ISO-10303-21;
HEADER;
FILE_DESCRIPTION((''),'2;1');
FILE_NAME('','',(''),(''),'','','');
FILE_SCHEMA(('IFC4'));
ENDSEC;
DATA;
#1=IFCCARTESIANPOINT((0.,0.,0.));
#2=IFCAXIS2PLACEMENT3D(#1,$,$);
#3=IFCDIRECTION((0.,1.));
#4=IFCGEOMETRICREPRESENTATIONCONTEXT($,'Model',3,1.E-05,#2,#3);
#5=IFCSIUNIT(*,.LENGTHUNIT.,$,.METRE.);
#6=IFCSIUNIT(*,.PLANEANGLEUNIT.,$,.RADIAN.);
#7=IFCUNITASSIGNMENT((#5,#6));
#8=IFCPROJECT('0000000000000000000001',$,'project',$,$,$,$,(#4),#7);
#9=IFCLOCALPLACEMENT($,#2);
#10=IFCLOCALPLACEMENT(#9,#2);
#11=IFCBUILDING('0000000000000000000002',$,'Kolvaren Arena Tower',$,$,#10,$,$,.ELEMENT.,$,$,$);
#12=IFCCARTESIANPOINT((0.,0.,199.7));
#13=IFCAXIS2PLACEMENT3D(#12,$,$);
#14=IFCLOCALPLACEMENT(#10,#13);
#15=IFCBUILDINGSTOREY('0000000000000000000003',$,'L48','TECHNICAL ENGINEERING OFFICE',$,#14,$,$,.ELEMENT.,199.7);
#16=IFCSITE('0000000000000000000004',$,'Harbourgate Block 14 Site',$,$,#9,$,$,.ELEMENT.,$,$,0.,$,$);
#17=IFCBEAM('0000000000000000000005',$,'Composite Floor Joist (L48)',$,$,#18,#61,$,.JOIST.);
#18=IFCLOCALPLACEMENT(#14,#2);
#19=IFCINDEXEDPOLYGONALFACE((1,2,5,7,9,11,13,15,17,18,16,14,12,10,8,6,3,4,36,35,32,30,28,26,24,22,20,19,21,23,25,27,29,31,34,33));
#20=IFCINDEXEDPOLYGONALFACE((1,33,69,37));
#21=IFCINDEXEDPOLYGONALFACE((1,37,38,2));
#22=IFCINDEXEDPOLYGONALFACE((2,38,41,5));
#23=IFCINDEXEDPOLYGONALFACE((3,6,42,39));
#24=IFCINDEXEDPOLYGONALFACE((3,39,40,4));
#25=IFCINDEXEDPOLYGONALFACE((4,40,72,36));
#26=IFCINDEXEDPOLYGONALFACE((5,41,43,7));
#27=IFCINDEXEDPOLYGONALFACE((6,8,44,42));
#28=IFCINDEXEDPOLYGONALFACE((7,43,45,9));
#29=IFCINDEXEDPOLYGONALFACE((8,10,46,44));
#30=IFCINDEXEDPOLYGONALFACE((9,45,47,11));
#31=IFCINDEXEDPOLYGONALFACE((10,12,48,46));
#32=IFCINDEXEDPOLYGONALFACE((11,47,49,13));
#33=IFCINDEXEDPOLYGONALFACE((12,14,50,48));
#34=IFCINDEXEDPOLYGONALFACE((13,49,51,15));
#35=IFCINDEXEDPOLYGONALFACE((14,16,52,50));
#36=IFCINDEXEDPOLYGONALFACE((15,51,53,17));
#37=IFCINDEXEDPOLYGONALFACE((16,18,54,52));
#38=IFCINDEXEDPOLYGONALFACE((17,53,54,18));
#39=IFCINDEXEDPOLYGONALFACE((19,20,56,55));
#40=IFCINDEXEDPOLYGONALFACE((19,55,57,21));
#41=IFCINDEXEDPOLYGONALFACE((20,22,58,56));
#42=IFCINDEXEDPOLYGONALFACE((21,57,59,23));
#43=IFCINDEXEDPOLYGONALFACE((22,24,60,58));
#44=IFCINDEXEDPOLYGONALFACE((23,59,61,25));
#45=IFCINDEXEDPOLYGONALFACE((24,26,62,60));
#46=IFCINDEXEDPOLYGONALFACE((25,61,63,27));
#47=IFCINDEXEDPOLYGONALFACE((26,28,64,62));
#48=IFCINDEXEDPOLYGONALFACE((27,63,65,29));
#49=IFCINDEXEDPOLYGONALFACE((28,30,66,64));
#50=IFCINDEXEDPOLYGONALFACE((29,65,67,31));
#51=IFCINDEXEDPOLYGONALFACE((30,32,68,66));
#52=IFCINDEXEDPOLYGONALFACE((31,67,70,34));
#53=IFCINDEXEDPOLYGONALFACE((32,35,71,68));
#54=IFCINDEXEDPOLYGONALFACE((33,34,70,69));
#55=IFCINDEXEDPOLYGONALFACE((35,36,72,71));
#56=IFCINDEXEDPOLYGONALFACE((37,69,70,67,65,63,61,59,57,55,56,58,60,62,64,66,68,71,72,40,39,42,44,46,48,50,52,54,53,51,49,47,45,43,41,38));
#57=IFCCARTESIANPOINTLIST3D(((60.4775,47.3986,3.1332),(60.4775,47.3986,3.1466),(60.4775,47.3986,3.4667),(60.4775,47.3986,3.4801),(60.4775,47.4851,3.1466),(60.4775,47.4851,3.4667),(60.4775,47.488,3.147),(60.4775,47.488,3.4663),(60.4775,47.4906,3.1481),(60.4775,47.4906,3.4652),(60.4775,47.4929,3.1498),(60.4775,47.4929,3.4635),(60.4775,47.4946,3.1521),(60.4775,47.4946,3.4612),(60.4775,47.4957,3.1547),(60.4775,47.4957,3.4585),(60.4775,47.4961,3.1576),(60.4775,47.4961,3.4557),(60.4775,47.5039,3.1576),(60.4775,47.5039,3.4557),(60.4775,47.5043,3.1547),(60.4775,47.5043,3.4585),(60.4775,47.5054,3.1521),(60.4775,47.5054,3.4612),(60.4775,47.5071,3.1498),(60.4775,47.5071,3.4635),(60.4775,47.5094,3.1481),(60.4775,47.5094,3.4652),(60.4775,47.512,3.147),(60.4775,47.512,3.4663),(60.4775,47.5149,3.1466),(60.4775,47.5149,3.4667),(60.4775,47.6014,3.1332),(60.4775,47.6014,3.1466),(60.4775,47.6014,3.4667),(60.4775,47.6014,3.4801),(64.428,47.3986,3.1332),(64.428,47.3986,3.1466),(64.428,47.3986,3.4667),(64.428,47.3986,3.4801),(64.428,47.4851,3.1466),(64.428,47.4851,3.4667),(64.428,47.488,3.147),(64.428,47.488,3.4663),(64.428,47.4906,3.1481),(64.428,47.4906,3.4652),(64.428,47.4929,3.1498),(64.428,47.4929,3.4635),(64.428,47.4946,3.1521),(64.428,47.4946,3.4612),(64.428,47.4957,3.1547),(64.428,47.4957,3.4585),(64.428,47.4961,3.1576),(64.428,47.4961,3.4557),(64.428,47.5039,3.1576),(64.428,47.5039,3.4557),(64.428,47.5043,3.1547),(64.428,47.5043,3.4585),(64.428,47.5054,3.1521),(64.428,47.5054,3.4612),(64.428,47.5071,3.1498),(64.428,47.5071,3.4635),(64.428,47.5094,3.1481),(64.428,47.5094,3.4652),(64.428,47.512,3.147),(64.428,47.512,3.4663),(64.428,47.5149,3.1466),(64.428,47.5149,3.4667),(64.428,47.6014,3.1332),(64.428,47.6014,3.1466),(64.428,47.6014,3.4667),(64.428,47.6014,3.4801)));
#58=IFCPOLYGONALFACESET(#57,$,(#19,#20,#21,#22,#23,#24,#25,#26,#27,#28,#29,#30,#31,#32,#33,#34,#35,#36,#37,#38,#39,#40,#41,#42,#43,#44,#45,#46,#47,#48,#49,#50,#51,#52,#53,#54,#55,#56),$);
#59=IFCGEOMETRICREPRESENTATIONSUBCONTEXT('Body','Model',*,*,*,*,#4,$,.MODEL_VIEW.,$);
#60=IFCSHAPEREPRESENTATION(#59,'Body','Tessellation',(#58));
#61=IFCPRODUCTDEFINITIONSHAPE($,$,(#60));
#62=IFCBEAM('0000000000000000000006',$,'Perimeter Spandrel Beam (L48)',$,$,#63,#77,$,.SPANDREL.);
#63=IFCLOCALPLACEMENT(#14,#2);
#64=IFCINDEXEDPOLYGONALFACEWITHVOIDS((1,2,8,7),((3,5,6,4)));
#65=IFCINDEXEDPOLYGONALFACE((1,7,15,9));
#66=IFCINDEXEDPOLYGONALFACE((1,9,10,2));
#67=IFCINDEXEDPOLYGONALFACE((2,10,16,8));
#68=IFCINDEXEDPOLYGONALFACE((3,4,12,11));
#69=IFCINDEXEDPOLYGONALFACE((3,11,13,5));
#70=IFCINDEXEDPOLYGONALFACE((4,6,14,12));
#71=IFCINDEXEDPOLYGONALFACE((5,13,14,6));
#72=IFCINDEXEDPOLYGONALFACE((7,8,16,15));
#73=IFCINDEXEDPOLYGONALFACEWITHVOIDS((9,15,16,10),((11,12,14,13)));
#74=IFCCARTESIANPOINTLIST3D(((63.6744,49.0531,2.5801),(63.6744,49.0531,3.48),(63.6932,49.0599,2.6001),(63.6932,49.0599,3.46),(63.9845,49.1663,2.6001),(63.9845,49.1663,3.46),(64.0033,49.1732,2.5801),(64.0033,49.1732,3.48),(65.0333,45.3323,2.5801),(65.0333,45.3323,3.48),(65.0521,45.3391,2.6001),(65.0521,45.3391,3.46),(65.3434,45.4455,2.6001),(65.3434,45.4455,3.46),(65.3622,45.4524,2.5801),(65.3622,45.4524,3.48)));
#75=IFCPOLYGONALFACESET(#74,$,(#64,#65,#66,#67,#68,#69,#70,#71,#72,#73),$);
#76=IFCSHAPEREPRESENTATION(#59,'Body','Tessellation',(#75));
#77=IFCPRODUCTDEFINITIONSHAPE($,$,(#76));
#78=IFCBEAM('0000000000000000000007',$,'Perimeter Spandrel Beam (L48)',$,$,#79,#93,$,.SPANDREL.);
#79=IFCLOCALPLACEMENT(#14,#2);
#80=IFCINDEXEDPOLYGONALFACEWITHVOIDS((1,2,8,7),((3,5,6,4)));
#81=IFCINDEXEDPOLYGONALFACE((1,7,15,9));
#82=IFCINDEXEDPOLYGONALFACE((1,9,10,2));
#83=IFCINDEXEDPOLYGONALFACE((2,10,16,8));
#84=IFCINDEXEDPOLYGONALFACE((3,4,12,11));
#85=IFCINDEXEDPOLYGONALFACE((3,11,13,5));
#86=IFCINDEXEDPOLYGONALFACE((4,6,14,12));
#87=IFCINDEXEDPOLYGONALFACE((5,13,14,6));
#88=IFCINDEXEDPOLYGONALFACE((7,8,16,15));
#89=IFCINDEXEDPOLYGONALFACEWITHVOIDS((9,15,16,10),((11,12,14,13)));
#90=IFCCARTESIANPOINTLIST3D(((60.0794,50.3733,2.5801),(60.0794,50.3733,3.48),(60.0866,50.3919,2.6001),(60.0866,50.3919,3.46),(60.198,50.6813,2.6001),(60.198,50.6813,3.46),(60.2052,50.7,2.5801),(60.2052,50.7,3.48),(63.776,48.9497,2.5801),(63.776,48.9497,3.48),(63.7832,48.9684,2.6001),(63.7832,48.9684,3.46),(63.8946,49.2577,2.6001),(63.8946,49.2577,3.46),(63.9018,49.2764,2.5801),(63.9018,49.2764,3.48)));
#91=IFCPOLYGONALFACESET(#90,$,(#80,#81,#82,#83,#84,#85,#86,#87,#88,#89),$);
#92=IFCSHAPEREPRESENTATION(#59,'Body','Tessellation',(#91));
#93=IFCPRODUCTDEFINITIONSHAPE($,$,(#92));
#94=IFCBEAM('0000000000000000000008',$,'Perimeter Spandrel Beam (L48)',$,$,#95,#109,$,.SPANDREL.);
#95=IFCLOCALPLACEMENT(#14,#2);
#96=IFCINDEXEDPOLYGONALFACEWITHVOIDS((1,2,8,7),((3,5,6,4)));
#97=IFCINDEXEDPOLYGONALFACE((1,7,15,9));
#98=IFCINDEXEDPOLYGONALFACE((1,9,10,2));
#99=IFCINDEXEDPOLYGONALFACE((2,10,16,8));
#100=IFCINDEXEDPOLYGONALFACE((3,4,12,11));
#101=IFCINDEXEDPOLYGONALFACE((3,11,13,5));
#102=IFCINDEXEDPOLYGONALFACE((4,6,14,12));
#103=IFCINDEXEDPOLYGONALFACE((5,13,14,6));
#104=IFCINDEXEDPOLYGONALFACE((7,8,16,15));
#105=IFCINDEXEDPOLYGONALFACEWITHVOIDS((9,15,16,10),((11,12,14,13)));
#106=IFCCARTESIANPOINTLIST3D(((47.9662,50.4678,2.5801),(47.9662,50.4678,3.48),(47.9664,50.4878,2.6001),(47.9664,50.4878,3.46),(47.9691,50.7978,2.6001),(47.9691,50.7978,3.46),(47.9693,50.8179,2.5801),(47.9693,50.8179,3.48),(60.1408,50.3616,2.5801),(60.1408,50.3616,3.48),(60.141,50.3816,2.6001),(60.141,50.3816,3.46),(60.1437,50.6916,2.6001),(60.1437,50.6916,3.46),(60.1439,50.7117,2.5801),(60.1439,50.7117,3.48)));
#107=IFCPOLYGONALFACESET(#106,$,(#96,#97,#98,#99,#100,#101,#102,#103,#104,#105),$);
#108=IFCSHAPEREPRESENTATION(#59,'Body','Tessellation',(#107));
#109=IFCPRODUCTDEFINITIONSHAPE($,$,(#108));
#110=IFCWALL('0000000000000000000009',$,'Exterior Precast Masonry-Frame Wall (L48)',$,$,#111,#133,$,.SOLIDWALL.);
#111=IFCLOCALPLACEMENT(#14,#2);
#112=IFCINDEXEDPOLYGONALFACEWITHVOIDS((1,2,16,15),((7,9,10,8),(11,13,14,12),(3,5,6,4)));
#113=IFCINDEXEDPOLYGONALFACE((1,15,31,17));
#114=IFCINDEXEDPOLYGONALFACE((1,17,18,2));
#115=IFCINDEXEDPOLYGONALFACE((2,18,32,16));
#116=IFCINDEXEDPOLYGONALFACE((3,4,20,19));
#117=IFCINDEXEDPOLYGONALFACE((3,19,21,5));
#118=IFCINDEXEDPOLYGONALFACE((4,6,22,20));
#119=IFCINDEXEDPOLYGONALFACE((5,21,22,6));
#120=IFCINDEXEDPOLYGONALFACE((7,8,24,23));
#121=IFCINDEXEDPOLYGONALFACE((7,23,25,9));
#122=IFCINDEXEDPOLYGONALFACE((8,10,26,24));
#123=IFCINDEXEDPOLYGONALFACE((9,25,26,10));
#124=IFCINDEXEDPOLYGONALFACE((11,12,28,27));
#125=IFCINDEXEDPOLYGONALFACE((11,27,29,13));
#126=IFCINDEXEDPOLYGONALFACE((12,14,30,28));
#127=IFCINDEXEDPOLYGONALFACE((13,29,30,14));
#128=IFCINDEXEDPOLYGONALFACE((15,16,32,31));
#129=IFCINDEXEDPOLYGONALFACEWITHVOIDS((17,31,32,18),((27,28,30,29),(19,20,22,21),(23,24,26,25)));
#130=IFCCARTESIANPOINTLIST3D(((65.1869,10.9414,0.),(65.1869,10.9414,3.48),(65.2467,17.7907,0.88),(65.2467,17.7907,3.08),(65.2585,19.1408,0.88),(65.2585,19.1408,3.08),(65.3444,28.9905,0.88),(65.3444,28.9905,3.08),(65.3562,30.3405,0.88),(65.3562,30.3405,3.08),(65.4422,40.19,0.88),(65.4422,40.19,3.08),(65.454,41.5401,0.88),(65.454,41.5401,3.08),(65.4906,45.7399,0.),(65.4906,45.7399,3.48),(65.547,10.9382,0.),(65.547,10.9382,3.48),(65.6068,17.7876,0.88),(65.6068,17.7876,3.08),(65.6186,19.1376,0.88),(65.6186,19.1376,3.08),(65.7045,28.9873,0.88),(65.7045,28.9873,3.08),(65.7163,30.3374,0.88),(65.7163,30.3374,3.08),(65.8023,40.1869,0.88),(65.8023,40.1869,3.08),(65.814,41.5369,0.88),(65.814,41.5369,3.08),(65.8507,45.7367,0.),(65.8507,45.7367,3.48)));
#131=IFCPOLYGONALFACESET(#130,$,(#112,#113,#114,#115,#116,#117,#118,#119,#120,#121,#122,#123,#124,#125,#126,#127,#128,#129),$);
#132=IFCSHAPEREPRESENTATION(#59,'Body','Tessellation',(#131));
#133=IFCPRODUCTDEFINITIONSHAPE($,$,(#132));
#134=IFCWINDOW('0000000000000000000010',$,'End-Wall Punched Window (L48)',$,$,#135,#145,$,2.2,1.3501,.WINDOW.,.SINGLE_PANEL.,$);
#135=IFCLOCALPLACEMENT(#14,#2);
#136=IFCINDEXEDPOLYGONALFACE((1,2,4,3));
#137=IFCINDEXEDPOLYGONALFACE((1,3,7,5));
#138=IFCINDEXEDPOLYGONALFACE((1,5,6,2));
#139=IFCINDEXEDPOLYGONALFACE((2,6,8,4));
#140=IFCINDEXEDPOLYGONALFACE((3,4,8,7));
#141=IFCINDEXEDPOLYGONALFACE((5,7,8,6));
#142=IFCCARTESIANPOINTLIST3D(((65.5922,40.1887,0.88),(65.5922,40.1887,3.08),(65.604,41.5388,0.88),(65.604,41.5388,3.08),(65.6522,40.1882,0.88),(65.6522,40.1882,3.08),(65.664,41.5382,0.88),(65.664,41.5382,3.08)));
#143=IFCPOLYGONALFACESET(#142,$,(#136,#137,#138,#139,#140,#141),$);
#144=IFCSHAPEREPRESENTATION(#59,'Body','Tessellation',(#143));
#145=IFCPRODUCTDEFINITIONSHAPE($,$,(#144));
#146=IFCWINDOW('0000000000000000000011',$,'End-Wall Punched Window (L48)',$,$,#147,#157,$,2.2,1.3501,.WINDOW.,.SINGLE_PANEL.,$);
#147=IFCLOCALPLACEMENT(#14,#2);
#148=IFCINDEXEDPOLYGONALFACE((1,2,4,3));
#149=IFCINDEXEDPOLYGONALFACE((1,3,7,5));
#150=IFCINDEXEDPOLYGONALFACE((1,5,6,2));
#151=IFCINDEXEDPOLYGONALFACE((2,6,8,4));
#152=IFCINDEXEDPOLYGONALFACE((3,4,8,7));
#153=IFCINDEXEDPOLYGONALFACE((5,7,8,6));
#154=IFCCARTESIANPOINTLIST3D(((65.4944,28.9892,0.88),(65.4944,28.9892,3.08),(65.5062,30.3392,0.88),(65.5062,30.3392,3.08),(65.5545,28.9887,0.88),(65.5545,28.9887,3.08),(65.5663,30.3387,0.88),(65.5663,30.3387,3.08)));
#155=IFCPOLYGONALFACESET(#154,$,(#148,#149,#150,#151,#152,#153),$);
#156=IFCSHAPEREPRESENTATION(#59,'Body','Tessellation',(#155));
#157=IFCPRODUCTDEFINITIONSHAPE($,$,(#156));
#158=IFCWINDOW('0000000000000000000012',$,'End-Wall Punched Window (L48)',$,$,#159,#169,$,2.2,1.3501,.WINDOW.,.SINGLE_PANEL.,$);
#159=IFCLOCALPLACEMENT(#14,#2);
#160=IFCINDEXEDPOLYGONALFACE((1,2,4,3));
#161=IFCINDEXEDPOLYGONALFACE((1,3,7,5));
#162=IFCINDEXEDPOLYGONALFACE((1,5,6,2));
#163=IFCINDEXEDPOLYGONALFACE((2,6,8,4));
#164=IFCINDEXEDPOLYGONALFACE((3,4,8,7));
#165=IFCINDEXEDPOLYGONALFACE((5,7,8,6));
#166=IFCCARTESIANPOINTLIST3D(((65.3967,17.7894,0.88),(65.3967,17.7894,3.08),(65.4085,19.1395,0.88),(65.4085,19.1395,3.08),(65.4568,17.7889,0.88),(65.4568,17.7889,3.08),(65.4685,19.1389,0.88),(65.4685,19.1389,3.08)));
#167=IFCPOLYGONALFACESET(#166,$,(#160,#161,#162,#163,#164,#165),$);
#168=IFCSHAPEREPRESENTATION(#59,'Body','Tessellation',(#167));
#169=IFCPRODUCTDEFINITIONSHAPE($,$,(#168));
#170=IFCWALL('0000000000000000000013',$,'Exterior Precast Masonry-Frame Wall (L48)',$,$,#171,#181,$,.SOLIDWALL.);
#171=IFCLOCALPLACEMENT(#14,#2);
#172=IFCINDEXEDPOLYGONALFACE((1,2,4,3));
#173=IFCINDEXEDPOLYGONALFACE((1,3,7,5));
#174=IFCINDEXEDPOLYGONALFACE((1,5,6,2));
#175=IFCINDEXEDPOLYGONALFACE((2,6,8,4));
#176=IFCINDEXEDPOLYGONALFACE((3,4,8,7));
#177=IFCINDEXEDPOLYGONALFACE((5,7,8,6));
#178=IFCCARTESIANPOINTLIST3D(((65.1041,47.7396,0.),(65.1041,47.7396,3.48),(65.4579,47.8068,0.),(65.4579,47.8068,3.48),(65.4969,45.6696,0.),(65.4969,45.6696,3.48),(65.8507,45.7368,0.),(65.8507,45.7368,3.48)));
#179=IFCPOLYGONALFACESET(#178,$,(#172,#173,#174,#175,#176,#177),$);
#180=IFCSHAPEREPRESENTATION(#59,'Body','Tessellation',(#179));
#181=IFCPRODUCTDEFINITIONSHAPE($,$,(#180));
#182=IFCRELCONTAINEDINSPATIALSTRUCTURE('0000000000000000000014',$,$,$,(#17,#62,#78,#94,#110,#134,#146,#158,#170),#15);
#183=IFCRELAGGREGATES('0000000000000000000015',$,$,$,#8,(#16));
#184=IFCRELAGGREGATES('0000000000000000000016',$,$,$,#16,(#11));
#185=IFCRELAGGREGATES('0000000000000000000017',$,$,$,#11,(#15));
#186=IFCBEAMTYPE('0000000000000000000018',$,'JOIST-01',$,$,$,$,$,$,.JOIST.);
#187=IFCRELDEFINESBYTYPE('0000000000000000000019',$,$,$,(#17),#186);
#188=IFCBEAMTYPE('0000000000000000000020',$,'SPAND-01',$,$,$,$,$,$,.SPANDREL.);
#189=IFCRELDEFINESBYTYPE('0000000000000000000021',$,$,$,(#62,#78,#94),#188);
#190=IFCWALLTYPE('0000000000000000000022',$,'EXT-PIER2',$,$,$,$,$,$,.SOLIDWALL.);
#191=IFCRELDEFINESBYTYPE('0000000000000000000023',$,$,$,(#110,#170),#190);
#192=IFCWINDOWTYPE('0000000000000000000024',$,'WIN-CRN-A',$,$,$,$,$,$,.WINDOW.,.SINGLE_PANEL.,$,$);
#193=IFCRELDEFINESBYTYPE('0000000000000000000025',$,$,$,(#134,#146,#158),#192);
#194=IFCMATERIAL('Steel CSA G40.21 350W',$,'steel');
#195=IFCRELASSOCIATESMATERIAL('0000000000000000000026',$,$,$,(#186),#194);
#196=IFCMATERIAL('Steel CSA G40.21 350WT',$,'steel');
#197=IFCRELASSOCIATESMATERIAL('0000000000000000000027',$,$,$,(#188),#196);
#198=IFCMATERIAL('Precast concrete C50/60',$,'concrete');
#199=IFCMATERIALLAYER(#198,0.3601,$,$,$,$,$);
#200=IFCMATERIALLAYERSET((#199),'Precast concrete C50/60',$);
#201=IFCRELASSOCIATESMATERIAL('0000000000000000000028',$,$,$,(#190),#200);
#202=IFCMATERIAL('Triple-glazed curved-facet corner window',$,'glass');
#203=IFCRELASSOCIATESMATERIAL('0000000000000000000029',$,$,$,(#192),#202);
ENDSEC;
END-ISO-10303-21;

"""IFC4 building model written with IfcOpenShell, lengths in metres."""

from ifc_helpers import new_model, si_unit, direction, frame, frame_2d, origin, origin_2d, place, context, subcontext, project, spatial, rectangle, hollow_rectangle, i_section, extrude, material, layer, layer_set, material_profile, profile_set, type_object, element, fill, save


model = new_model("IFC4")

# Units and contexts
model_context = context("Model", 3, precision=1e-05, world=origin(), true_north=direction((0.0, 1.0)))
body_context = subcontext(model_context, "Body", "Model", "MODEL_VIEW")
ifc_project = project(units=[si_unit("LENGTHUNIT", "METRE"), si_unit("PLANEANGLEUNIT", "RADIAN")], contexts=[model_context])

# Site, building, storey
site_placement = place(None, origin())
site = spatial("IfcSite", under=ifc_project, at=site_placement, Name="Harbourgate Block 14 Site", CompositionType="ELEMENT", RefElevation=0.0)
building_placement = place(site_placement, origin())
building = spatial("IfcBuilding", under=site, at=building_placement, Name="Kolvaren Arena Tower", CompositionType="ELEMENT")
storey_placement = place(building_placement, frame((0.0, 0.0, 199.7)))
storey = spatial("IfcBuildingStorey", under=building, at=storey_placement, Name="L48", Description="TECHNICAL ENGINEERING OFFICE", CompositionType="ELEMENT", Elevation=199.7)

# Beams
ifc_material_1 = material(Name="Steel CSA G40.21 350W", Category="steel")
ifc_material_profile_1 = material_profile(ifc_material_1, i_section(OverallWidth=0.2029, OverallDepth=0.3469, WebThickness=0.0078, FlangeThickness=0.0134, FilletRadius=0.011, at=origin_2d()), Name="W360x64")
ifc_profile_set_1 = profile_set([ifc_material_profile_1], Name="Steel CSA G40.21 350W")
beam_type_1 = type_object("IfcBeamType", Name="JOIST-01", PredefinedType="JOIST", material=ifc_profile_set_1)
beam_1_placement = place(storey_placement, frame((60.4775, 47.5, 3.3066), z_axis=(1.0, 0.0, 0.0), x_axis=(0.0, 1.0, 0.0)))
element("IfcBeam", 1, at=beam_1_placement, inside=storey, type_object=beam_type_1, Name="Composite Floor Joist (L48)", PredefinedType="JOIST", context=body_context, shape_type="SweptSolid", body=[
    extrude(i_section(OverallWidth=0.2029, OverallDepth=0.3469, WebThickness=0.0078, FlangeThickness=0.0134, FilletRadius=0.011, at=origin_2d()), origin(), (0.0, 0.0, 1.0), 3.9504),
])
ifc_material_2 = material(Name="Steel CSA G40.21 350WT", Category="steel")
ifc_material_profile_2 = material_profile(ifc_material_2, hollow_rectangle(XDim=0.3501, YDim=0.8999, WallThickness=0.02, at=origin_2d()), Name="HSS 900x350x20")
ifc_profile_set_2 = profile_set([ifc_material_profile_2], Name="Steel CSA G40.21 350WT")
beam_type_2 = type_object("IfcBeamType", Name="SPAND-01", PredefinedType="SPANDREL", material=ifc_profile_set_2)
for number, where, z_axis, x_axis, name in (
    (2, (65.1978, 45.3923, 3.03), (-0.343059, 0.939314, 0.0), (-0.939314, -0.343059, 0.0), "Perimeter Spandrel Beam (L48)"),
    (3, (63.8389, 49.113, 3.03), (-0.93319, 0.359384, 0.0), (-0.359384, -0.93319, 0.0), "Perimeter Spandrel Beam (L48)"),
):
    element("IfcBeam", number, at=place(storey_placement, frame(where, z_axis=z_axis, x_axis=x_axis)), inside=storey, type_object=beam_type_2, Name=name, PredefinedType="SPANDREL", context=body_context, shape_type="SweptSolid", body=[
        extrude(hollow_rectangle(XDim=0.3501, YDim=0.8999, WallThickness=0.02, at=origin_2d()), origin(), (0.0, 0.0, 1.0), 3.9612),
    ])
beam_2_placement = place(storey_placement, frame((60.1423, 50.5366, 3.03), z_axis=(-0.999962, 0.008723, 0.0), x_axis=(-0.008723, -0.999962, 0.0)))
element("IfcBeam", 4, at=beam_2_placement, inside=storey, type_object=beam_type_2, Name="Perimeter Spandrel Beam (L48)", PredefinedType="SPANDREL", context=body_context, shape_type="SweptSolid", body=[
    extrude(hollow_rectangle(XDim=0.3501, YDim=0.8999, WallThickness=0.02, at=origin_2d()), origin(), (0.0, 0.0, 1.0), 12.175),
])

# Wall, openings, windows
ifc_material_3 = material(Name="Precast concrete C50/60", Category="concrete")
ifc_layer_1 = layer(ifc_material_3, 0.3601)
ifc_layer_set_1 = layer_set([ifc_layer_1], Name="Precast concrete C50/60")
wall_type_1 = type_object("IfcWallType", Name="EXT-PIER2", PredefinedType="SOLIDWALL", material=ifc_layer_set_1)
wall_1_placement = place(storey_placement, frame((65.6707, 45.7383, 0.0), z_axis=(0.0, 0.0, 1.0), x_axis=(-0.008727, -0.999962, 0.0)))
wall_1 = element("IfcWall", 5, at=wall_1_placement, inside=storey, type_object=wall_type_1, Name="Exterior Precast Masonry-Frame Wall (L48)", PredefinedType="SOLIDWALL", context=body_context, shape_type="SweptSolid", body=[
    extrude(rectangle(XDim=34.7998, YDim=0.3601, at=frame_2d((17.3999, 0.0))), origin(), (0.0, 0.0, 1.0), 3.48),
])
opening_1_placement = place(wall_1_placement, frame((4.2, 0.0, 0.8799)))
opening_1 = element("IfcOpeningElement", 6, at=opening_1_placement, cuts=wall_1, PredefinedType="OPENING", context=body_context, shape_type="SweptSolid", body=[
    extrude(rectangle(XDim=1.3501, YDim=2.2, at=frame_2d((0.675, 1.1001))), frame((0.0, 0.1899, 0.0), z_axis=(0.0, -1.0, 0.0), x_axis=(1.0, 0.0, 0.0)), (0.0, 0.0, 1.0), 0.3801),
])
opening_2_placement = place(wall_1_placement, frame((15.3999, 0.0, 0.8799)))
opening_2 = element("IfcOpeningElement", 7, at=opening_2_placement, cuts=wall_1, PredefinedType="OPENING", context=body_context, shape_type="SweptSolid", body=[
    extrude(rectangle(XDim=1.3501, YDim=2.2, at=frame_2d((0.675, 1.1001))), frame((0.0, 0.1899, 0.0), z_axis=(0.0, -1.0, 0.0), x_axis=(1.0, 0.0, 0.0)), (0.0, 0.0, 1.0), 0.3801),
])
opening_3_placement = place(wall_1_placement, frame((26.6001, 0.0, 0.8799)))
opening_3 = element("IfcOpeningElement", 8, at=opening_3_placement, cuts=wall_1, PredefinedType="OPENING", context=body_context, shape_type="SweptSolid", body=[
    extrude(rectangle(XDim=1.3501, YDim=2.2, at=frame_2d((0.675, 1.1001))), frame((0.0, 0.1899, 0.0), z_axis=(0.0, -1.0, 0.0), x_axis=(1.0, 0.0, 0.0)), (0.0, 0.0, 1.0), 0.3801),
])
ifc_material_4 = material(Name="Triple-glazed curved-facet corner window", Category="glass")
window_type = type_object("IfcWindowType", Name="WIN-CRN-A", PartitioningType="SINGLE_PANEL", PredefinedType="WINDOW", material=ifc_material_4)
window_1_placement = place(opening_1_placement, origin())
window_1 = element("IfcWindow", 9, at=window_1_placement, inside=storey, type_object=window_type, Name="End-Wall Punched Window (L48)", OverallHeight=2.2, OverallWidth=1.3501, PartitioningType="SINGLE_PANEL", PredefinedType="WINDOW", context=body_context, shape_type="SweptSolid", body=[
    extrude(rectangle(XDim=1.3501, YDim=2.2, at=frame_2d((0.675, 1.1001))), frame((0.0, 0.03, 0.0), z_axis=(0.0, -1.0, 0.0), x_axis=(1.0, 0.0, 0.0)), (0.0, 0.0, 1.0), 0.0601),
])
fill(opening_1, window_1)
window_2_placement = place(opening_2_placement, origin())
window_2 = element("IfcWindow", 10, at=window_2_placement, inside=storey, type_object=window_type, Name="End-Wall Punched Window (L48)", OverallHeight=2.2, OverallWidth=1.3501, PartitioningType="SINGLE_PANEL", PredefinedType="WINDOW", context=body_context, shape_type="SweptSolid", body=[
    extrude(rectangle(XDim=1.3501, YDim=2.2, at=frame_2d((0.675, 1.1001))), frame((0.0, 0.03, 0.0), z_axis=(0.0, -1.0, 0.0), x_axis=(1.0, 0.0, 0.0)), (0.0, 0.0, 1.0), 0.0601),
])
fill(opening_2, window_2)
window_3_placement = place(opening_3_placement, origin())
window_3 = element("IfcWindow", 11, at=window_3_placement, inside=storey, type_object=window_type, Name="End-Wall Punched Window (L48)", OverallHeight=2.2, OverallWidth=1.3501, PartitioningType="SINGLE_PANEL", PredefinedType="WINDOW", context=body_context, shape_type="SweptSolid", body=[
    extrude(rectangle(XDim=1.3501, YDim=2.2, at=frame_2d((0.675, 1.1001))), frame((0.0, 0.03, 0.0), z_axis=(0.0, -1.0, 0.0), x_axis=(1.0, 0.0, 0.0)), (0.0, 0.0, 1.0), 0.0601),
])
fill(opening_3, window_3)

# Wall
wall_2_placement = place(storey_placement, frame((65.281, 47.7732, 0.0), z_axis=(0.0, 0.0, 1.0), x_axis=(0.186436, -0.982467, 0.0)))
element("IfcWall", 12, at=wall_2_placement, inside=storey, type_object=wall_type_1, Name="Exterior Precast Masonry-Frame Wall (L48)", PredefinedType="SOLIDWALL", context=body_context, shape_type="SweptSolid", body=[
    extrude(rectangle(XDim=2.1069, YDim=0.3601, at=frame_2d((1.0535, 0.0))), origin(), (0.0, 0.0, 1.0), 3.48),
])

save(model, "model.ifc")
